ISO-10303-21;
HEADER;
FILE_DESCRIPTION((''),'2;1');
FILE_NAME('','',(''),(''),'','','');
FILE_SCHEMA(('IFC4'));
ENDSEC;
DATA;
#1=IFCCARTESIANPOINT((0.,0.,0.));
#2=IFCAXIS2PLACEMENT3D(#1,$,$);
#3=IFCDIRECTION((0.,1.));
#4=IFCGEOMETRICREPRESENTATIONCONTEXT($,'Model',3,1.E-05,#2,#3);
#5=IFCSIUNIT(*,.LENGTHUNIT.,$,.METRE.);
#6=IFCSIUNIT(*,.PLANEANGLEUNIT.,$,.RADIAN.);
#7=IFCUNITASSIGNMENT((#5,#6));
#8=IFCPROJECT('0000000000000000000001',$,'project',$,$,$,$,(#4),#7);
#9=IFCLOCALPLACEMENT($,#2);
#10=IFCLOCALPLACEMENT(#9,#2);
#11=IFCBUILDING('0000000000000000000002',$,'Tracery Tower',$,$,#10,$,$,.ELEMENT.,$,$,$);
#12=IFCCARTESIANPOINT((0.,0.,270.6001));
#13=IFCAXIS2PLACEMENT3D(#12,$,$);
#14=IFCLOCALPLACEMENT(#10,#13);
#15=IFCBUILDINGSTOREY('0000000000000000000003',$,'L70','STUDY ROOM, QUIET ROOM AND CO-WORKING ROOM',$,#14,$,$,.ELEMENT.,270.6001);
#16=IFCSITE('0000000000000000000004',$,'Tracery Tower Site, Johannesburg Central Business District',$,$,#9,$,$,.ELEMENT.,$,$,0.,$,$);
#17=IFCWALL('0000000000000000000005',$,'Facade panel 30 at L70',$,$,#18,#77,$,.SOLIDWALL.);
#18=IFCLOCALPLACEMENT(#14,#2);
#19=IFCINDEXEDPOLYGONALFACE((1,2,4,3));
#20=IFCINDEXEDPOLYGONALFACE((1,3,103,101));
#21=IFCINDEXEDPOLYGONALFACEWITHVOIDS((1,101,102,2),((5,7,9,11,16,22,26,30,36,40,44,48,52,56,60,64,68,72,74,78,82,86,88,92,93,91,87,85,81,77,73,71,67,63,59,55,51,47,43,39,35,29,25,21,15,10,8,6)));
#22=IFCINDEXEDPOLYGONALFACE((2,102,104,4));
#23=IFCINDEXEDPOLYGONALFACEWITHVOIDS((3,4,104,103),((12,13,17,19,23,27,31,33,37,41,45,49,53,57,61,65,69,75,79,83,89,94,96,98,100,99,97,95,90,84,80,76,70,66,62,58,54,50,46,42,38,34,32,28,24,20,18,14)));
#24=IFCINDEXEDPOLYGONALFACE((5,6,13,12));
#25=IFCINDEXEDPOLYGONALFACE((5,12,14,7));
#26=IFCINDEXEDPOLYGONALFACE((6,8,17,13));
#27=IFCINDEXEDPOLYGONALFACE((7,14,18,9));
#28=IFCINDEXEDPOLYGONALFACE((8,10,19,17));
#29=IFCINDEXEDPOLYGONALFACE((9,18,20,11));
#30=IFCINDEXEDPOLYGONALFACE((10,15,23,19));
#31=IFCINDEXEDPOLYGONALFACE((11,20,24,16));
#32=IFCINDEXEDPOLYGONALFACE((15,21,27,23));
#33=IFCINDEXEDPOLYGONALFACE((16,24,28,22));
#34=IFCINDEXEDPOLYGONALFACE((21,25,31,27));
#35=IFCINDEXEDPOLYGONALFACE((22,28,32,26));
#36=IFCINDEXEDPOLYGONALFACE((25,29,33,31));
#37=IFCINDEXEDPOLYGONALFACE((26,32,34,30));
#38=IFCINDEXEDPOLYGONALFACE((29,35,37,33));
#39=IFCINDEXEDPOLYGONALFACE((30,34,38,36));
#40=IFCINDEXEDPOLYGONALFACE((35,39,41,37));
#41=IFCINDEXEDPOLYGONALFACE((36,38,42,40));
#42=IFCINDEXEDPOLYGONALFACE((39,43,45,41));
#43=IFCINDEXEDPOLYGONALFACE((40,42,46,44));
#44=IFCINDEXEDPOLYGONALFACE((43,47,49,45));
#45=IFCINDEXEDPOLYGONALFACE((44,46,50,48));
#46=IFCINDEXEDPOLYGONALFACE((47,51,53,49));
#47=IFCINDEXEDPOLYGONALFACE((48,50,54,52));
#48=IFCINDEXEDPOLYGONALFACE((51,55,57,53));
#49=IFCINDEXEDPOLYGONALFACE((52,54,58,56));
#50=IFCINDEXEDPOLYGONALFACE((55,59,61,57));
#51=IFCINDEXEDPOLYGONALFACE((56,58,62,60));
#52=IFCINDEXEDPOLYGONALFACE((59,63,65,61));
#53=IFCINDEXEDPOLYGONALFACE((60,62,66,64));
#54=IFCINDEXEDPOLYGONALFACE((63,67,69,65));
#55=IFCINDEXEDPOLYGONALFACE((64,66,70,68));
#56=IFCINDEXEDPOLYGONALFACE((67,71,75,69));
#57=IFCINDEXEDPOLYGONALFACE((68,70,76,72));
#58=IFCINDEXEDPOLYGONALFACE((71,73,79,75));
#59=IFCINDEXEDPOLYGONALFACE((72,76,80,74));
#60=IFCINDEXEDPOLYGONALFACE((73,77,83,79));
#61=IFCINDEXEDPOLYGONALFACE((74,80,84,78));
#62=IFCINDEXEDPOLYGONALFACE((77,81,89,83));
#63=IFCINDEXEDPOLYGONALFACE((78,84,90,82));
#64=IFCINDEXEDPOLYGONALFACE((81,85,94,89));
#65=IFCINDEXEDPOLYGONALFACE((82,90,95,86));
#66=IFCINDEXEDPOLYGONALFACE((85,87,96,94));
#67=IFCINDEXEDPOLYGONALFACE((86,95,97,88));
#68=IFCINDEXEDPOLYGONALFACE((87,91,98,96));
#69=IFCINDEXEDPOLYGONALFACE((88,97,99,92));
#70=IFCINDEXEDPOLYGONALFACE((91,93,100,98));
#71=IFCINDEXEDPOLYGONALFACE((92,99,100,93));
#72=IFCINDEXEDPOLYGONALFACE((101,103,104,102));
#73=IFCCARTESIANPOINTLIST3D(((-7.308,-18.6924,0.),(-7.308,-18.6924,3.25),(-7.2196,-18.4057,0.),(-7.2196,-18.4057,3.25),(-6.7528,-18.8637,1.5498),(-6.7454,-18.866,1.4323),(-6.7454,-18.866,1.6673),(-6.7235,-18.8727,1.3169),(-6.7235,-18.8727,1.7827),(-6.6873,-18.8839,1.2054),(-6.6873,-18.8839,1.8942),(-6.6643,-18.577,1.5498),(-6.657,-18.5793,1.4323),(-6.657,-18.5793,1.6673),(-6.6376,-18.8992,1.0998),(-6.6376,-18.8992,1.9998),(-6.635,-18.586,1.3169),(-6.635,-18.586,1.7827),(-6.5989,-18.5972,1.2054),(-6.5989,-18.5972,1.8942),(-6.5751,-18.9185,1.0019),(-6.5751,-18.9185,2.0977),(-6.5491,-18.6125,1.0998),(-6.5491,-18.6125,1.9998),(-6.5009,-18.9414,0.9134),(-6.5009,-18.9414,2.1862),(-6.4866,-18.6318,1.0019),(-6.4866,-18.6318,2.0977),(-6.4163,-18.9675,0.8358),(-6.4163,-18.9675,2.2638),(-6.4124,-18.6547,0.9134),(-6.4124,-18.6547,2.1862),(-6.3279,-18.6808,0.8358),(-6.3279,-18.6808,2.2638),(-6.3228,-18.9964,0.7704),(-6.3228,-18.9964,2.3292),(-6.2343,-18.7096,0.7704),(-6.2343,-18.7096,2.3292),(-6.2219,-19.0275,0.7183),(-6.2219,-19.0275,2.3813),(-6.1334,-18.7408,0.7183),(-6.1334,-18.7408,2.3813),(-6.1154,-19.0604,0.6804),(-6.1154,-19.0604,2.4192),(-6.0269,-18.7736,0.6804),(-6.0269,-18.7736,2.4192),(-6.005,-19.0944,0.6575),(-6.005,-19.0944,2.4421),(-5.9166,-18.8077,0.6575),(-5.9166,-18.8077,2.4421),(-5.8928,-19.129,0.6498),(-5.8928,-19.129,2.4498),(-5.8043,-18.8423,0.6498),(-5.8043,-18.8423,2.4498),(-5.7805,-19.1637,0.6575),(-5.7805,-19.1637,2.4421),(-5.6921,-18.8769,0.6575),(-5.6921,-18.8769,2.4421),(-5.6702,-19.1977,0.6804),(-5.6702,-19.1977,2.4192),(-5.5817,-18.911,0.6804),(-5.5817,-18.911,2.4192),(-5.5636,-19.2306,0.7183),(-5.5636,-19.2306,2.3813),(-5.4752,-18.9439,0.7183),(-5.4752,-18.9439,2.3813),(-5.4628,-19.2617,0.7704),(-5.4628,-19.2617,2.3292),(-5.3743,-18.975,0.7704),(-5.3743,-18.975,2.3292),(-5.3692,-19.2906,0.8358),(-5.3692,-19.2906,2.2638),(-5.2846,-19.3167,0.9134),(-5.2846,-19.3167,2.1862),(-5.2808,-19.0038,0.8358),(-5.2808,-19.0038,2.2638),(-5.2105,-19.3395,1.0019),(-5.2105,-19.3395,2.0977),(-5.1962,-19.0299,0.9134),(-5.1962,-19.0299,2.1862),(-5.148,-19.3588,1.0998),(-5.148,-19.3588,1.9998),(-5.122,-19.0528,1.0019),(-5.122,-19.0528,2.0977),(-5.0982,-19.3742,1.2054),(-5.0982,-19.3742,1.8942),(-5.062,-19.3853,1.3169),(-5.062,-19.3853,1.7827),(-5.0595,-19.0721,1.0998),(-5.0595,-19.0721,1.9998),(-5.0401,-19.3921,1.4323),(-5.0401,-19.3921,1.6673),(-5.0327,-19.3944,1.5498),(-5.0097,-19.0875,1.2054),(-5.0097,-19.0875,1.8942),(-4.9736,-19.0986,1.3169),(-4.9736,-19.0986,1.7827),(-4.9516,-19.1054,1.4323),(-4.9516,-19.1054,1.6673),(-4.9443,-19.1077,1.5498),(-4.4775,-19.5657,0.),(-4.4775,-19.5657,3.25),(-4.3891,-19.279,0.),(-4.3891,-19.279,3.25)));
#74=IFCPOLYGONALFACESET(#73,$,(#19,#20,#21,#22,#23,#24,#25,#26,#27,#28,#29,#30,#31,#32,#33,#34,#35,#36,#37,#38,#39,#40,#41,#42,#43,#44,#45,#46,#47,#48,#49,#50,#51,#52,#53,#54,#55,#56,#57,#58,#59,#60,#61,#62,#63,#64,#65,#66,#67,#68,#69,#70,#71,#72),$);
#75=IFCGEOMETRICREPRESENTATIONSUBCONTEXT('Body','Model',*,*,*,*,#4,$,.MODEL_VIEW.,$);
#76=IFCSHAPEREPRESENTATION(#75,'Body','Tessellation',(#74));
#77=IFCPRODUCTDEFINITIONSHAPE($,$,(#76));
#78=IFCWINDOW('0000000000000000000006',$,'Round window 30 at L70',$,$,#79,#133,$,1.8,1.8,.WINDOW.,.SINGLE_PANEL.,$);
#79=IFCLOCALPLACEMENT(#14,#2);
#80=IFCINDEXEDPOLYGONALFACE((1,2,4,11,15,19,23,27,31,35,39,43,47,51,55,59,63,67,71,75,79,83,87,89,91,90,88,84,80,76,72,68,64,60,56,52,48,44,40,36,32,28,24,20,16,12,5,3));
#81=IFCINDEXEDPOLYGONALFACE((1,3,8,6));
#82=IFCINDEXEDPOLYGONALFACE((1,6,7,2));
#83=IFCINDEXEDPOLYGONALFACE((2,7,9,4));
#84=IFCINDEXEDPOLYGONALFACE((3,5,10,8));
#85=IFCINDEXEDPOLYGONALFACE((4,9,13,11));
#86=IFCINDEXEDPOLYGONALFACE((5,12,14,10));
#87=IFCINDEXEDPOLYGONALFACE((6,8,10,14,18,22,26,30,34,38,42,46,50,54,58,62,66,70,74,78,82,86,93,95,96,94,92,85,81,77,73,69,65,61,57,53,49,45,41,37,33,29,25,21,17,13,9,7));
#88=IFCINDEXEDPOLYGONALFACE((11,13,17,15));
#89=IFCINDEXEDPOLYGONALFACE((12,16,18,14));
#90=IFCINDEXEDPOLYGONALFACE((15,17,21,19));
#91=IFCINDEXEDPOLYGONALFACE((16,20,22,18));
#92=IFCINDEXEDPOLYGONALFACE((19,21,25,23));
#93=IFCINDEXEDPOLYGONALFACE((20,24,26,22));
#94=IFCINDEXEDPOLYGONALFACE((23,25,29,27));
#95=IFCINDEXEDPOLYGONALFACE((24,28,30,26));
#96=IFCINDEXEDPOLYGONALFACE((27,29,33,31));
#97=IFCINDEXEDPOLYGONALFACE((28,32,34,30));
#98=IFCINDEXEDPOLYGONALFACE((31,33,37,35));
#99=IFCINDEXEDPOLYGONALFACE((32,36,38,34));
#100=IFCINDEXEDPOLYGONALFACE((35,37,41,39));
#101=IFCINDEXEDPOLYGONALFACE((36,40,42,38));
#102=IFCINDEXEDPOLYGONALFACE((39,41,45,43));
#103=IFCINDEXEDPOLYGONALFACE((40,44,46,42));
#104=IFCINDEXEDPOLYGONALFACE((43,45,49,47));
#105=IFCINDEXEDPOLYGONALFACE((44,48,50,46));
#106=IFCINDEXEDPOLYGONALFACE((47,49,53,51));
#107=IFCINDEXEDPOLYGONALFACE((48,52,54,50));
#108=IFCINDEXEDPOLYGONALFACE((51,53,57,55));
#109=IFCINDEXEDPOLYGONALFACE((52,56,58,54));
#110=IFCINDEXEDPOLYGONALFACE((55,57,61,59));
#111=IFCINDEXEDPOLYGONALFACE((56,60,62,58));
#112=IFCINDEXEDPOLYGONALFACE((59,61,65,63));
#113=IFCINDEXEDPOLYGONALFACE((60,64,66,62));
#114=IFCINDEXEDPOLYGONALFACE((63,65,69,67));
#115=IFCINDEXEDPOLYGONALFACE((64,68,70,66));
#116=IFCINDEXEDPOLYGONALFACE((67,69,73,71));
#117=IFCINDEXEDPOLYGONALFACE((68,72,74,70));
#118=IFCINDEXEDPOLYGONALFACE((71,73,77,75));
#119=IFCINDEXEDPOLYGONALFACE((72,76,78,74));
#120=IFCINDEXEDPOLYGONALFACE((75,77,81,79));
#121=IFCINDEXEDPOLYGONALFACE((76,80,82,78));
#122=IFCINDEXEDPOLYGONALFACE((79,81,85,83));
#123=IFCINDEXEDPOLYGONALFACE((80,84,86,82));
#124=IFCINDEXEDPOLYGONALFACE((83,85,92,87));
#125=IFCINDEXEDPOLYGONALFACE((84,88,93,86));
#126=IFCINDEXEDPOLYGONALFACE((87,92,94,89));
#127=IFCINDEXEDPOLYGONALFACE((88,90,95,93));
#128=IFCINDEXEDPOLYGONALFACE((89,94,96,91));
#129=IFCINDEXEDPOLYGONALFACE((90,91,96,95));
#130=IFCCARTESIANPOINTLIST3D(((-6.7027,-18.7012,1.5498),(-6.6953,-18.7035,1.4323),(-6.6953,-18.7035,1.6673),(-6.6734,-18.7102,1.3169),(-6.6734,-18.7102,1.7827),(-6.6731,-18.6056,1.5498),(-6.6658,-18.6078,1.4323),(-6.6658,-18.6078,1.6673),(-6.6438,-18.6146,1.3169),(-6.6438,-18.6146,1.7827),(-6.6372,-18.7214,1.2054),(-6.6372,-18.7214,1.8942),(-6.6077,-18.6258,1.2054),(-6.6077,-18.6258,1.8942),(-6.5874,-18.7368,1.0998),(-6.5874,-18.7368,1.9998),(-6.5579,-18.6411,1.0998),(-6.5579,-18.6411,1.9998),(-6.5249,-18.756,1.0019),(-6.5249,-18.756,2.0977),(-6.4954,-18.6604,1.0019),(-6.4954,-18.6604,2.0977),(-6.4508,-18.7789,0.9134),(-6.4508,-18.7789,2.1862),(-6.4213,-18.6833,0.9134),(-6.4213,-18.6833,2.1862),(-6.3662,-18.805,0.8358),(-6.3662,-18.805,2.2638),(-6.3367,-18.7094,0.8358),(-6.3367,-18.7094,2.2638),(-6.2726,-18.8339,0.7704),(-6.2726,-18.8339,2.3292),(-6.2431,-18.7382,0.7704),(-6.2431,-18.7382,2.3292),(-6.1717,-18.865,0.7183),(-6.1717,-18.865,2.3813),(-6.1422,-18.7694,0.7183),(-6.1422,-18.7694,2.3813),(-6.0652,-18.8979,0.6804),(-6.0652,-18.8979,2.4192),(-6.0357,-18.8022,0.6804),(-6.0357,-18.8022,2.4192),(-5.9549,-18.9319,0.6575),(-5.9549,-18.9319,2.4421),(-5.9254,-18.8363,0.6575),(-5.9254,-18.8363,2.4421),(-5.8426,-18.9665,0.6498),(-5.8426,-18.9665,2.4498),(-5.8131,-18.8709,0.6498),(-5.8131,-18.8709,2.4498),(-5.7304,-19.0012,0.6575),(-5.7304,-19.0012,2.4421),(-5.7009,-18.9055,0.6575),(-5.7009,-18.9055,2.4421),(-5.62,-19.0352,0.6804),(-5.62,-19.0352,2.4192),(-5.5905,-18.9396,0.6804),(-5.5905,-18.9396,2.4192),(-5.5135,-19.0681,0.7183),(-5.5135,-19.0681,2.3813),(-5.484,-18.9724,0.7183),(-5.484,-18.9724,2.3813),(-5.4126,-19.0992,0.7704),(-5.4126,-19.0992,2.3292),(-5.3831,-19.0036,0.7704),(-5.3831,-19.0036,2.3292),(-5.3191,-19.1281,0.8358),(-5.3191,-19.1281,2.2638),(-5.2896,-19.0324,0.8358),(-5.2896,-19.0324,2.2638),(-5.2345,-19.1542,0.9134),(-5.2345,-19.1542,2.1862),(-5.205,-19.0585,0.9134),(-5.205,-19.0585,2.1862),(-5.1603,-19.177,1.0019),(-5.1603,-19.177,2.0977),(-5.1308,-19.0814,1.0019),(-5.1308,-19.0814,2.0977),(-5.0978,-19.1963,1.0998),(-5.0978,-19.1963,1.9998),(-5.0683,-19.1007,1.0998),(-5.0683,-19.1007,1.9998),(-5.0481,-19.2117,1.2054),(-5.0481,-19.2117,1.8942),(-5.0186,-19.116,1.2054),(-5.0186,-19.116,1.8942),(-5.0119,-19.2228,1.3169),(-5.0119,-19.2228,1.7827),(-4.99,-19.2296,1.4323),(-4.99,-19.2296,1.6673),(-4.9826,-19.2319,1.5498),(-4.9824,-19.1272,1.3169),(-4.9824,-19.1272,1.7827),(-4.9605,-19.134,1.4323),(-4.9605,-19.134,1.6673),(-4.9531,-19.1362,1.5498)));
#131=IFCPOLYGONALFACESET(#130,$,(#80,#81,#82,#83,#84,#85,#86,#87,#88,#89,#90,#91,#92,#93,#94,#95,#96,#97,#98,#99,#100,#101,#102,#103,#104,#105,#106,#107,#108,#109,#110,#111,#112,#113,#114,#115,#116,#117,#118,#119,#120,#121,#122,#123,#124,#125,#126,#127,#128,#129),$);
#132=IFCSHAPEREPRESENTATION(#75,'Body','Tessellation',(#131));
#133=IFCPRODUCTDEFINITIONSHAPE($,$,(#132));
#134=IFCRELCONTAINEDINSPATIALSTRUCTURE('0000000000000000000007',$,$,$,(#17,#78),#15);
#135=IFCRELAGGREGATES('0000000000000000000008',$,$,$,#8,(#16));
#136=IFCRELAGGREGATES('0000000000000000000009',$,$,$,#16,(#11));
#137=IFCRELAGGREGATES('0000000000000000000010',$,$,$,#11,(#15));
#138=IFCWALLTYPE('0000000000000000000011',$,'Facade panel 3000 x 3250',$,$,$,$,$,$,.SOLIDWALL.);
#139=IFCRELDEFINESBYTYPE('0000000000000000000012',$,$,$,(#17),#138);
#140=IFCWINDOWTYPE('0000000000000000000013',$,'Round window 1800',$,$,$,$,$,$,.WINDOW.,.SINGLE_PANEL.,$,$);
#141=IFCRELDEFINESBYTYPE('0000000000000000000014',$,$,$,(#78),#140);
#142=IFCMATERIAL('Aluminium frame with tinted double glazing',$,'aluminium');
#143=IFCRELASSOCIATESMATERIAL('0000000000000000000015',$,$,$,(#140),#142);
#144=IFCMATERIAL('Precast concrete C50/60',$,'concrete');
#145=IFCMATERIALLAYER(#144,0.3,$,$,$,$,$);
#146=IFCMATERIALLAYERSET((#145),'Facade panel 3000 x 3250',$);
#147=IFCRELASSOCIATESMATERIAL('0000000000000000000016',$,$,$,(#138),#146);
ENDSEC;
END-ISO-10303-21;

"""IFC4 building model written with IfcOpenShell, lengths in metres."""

from ifc_helpers import new_model, si_unit, direction, frame, frame_2d, origin, origin_2d, place, context, subcontext, project, spatial, rectangle, circle, extrude, material, layer, layer_set, type_object, element, fill, save


model = new_model("IFC4")

# Units and contexts
model_context = context("Model", 3, precision=1e-05, world=origin(), true_north=direction((0.0, 1.0)))
body_context = subcontext(model_context, "Body", "Model", "MODEL_VIEW")
ifc_project = project(units=[si_unit("LENGTHUNIT", "METRE"), si_unit("PLANEANGLEUNIT", "RADIAN")], contexts=[model_context])

# Site, building, storey
site_placement = place(None, origin())
site = spatial("IfcSite", under=ifc_project, at=site_placement, Name="Tracery Tower Site, Johannesburg Central Business District", CompositionType="ELEMENT", RefElevation=0.0)
building_placement = place(site_placement, origin())
building = spatial("IfcBuilding", under=site, at=building_placement, Name="Tracery Tower", CompositionType="ELEMENT")
storey_placement = place(building_placement, frame((0.0, 0.0, 270.6001)))
storey = spatial("IfcBuildingStorey", under=building, at=storey_placement, Name="L70", Description="STUDY ROOM, QUIET ROOM AND CO-WORKING ROOM", CompositionType="ELEMENT", Elevation=270.6001)

# Wall, opening, window
ifc_material_1 = material(Name="Aluminium frame with tinted double glazing", Category="aluminium")
window_type = type_object("IfcWindowType", Name="Round window 1800", PartitioningType="SINGLE_PANEL", PredefinedType="WINDOW", material=ifc_material_1)
ifc_material_2 = material(Name="Precast concrete C50/60", Category="concrete")
ifc_layer_1 = layer(ifc_material_2, 0.3)
ifc_layer_set_1 = layer_set([ifc_layer_1], Name="Facade panel 3000 x 3250")
wall_type_1 = type_object("IfcWallType", Name="Facade panel 3000 x 3250", PredefinedType="SOLIDWALL", material=ifc_layer_set_1)
wall_1_placement = place(storey_placement, frame((-7.2637, -18.5491, 0.0), z_axis=(0.0, 0.0, 1.0), x_axis=(0.955556, -0.29481, 0.0)))
wall_1 = element("IfcWall", 1, at=wall_1_placement, inside=storey, type_object=wall_type_1, Name="Facade panel 30 at L70", PredefinedType="SOLIDWALL", context=body_context, shape_type="SweptSolid", body=[
    extrude(rectangle(XDim=2.9622, YDim=0.3, at=frame_2d((1.481, 0.0))), origin(), (0.0, 0.0, 1.0), 3.25),
])
opening_1_placement = place(wall_1_placement, frame((1.481, 0.0, 1.5498)))
opening_1 = element("IfcOpeningElement", 2, at=opening_1_placement, cuts=wall_1, PredefinedType="OPENING", context=body_context, shape_type="SweptSolid", body=[
    extrude(circle(Radius=0.9, at=origin_2d()), frame((0.0, 0.1599, 0.0), z_axis=(0.0, -1.0, 0.0), x_axis=(1.0, 0.0, 0.0)), (0.0, 0.0, 1.0), 0.3201),
])
window_1_placement = place(opening_1_placement, origin())
window_1 = element("IfcWindow", 3, at=window_1_placement, inside=storey, type_object=window_type, Name="Round window 30 at L70", OverallHeight=1.8, OverallWidth=1.8, PartitioningType="SINGLE_PANEL", PredefinedType="WINDOW", context=body_context, shape_type="SweptSolid", body=[
    extrude(circle(Radius=0.9, at=origin_2d()), frame((0.0, 0.1201, 0.0), z_axis=(0.0, -1.0, 0.0), x_axis=(1.0, 0.0, 0.0)), (0.0, 0.0, 1.0), 0.1001),
])
fill(opening_1, window_1)

save(model, "model.ifc")
